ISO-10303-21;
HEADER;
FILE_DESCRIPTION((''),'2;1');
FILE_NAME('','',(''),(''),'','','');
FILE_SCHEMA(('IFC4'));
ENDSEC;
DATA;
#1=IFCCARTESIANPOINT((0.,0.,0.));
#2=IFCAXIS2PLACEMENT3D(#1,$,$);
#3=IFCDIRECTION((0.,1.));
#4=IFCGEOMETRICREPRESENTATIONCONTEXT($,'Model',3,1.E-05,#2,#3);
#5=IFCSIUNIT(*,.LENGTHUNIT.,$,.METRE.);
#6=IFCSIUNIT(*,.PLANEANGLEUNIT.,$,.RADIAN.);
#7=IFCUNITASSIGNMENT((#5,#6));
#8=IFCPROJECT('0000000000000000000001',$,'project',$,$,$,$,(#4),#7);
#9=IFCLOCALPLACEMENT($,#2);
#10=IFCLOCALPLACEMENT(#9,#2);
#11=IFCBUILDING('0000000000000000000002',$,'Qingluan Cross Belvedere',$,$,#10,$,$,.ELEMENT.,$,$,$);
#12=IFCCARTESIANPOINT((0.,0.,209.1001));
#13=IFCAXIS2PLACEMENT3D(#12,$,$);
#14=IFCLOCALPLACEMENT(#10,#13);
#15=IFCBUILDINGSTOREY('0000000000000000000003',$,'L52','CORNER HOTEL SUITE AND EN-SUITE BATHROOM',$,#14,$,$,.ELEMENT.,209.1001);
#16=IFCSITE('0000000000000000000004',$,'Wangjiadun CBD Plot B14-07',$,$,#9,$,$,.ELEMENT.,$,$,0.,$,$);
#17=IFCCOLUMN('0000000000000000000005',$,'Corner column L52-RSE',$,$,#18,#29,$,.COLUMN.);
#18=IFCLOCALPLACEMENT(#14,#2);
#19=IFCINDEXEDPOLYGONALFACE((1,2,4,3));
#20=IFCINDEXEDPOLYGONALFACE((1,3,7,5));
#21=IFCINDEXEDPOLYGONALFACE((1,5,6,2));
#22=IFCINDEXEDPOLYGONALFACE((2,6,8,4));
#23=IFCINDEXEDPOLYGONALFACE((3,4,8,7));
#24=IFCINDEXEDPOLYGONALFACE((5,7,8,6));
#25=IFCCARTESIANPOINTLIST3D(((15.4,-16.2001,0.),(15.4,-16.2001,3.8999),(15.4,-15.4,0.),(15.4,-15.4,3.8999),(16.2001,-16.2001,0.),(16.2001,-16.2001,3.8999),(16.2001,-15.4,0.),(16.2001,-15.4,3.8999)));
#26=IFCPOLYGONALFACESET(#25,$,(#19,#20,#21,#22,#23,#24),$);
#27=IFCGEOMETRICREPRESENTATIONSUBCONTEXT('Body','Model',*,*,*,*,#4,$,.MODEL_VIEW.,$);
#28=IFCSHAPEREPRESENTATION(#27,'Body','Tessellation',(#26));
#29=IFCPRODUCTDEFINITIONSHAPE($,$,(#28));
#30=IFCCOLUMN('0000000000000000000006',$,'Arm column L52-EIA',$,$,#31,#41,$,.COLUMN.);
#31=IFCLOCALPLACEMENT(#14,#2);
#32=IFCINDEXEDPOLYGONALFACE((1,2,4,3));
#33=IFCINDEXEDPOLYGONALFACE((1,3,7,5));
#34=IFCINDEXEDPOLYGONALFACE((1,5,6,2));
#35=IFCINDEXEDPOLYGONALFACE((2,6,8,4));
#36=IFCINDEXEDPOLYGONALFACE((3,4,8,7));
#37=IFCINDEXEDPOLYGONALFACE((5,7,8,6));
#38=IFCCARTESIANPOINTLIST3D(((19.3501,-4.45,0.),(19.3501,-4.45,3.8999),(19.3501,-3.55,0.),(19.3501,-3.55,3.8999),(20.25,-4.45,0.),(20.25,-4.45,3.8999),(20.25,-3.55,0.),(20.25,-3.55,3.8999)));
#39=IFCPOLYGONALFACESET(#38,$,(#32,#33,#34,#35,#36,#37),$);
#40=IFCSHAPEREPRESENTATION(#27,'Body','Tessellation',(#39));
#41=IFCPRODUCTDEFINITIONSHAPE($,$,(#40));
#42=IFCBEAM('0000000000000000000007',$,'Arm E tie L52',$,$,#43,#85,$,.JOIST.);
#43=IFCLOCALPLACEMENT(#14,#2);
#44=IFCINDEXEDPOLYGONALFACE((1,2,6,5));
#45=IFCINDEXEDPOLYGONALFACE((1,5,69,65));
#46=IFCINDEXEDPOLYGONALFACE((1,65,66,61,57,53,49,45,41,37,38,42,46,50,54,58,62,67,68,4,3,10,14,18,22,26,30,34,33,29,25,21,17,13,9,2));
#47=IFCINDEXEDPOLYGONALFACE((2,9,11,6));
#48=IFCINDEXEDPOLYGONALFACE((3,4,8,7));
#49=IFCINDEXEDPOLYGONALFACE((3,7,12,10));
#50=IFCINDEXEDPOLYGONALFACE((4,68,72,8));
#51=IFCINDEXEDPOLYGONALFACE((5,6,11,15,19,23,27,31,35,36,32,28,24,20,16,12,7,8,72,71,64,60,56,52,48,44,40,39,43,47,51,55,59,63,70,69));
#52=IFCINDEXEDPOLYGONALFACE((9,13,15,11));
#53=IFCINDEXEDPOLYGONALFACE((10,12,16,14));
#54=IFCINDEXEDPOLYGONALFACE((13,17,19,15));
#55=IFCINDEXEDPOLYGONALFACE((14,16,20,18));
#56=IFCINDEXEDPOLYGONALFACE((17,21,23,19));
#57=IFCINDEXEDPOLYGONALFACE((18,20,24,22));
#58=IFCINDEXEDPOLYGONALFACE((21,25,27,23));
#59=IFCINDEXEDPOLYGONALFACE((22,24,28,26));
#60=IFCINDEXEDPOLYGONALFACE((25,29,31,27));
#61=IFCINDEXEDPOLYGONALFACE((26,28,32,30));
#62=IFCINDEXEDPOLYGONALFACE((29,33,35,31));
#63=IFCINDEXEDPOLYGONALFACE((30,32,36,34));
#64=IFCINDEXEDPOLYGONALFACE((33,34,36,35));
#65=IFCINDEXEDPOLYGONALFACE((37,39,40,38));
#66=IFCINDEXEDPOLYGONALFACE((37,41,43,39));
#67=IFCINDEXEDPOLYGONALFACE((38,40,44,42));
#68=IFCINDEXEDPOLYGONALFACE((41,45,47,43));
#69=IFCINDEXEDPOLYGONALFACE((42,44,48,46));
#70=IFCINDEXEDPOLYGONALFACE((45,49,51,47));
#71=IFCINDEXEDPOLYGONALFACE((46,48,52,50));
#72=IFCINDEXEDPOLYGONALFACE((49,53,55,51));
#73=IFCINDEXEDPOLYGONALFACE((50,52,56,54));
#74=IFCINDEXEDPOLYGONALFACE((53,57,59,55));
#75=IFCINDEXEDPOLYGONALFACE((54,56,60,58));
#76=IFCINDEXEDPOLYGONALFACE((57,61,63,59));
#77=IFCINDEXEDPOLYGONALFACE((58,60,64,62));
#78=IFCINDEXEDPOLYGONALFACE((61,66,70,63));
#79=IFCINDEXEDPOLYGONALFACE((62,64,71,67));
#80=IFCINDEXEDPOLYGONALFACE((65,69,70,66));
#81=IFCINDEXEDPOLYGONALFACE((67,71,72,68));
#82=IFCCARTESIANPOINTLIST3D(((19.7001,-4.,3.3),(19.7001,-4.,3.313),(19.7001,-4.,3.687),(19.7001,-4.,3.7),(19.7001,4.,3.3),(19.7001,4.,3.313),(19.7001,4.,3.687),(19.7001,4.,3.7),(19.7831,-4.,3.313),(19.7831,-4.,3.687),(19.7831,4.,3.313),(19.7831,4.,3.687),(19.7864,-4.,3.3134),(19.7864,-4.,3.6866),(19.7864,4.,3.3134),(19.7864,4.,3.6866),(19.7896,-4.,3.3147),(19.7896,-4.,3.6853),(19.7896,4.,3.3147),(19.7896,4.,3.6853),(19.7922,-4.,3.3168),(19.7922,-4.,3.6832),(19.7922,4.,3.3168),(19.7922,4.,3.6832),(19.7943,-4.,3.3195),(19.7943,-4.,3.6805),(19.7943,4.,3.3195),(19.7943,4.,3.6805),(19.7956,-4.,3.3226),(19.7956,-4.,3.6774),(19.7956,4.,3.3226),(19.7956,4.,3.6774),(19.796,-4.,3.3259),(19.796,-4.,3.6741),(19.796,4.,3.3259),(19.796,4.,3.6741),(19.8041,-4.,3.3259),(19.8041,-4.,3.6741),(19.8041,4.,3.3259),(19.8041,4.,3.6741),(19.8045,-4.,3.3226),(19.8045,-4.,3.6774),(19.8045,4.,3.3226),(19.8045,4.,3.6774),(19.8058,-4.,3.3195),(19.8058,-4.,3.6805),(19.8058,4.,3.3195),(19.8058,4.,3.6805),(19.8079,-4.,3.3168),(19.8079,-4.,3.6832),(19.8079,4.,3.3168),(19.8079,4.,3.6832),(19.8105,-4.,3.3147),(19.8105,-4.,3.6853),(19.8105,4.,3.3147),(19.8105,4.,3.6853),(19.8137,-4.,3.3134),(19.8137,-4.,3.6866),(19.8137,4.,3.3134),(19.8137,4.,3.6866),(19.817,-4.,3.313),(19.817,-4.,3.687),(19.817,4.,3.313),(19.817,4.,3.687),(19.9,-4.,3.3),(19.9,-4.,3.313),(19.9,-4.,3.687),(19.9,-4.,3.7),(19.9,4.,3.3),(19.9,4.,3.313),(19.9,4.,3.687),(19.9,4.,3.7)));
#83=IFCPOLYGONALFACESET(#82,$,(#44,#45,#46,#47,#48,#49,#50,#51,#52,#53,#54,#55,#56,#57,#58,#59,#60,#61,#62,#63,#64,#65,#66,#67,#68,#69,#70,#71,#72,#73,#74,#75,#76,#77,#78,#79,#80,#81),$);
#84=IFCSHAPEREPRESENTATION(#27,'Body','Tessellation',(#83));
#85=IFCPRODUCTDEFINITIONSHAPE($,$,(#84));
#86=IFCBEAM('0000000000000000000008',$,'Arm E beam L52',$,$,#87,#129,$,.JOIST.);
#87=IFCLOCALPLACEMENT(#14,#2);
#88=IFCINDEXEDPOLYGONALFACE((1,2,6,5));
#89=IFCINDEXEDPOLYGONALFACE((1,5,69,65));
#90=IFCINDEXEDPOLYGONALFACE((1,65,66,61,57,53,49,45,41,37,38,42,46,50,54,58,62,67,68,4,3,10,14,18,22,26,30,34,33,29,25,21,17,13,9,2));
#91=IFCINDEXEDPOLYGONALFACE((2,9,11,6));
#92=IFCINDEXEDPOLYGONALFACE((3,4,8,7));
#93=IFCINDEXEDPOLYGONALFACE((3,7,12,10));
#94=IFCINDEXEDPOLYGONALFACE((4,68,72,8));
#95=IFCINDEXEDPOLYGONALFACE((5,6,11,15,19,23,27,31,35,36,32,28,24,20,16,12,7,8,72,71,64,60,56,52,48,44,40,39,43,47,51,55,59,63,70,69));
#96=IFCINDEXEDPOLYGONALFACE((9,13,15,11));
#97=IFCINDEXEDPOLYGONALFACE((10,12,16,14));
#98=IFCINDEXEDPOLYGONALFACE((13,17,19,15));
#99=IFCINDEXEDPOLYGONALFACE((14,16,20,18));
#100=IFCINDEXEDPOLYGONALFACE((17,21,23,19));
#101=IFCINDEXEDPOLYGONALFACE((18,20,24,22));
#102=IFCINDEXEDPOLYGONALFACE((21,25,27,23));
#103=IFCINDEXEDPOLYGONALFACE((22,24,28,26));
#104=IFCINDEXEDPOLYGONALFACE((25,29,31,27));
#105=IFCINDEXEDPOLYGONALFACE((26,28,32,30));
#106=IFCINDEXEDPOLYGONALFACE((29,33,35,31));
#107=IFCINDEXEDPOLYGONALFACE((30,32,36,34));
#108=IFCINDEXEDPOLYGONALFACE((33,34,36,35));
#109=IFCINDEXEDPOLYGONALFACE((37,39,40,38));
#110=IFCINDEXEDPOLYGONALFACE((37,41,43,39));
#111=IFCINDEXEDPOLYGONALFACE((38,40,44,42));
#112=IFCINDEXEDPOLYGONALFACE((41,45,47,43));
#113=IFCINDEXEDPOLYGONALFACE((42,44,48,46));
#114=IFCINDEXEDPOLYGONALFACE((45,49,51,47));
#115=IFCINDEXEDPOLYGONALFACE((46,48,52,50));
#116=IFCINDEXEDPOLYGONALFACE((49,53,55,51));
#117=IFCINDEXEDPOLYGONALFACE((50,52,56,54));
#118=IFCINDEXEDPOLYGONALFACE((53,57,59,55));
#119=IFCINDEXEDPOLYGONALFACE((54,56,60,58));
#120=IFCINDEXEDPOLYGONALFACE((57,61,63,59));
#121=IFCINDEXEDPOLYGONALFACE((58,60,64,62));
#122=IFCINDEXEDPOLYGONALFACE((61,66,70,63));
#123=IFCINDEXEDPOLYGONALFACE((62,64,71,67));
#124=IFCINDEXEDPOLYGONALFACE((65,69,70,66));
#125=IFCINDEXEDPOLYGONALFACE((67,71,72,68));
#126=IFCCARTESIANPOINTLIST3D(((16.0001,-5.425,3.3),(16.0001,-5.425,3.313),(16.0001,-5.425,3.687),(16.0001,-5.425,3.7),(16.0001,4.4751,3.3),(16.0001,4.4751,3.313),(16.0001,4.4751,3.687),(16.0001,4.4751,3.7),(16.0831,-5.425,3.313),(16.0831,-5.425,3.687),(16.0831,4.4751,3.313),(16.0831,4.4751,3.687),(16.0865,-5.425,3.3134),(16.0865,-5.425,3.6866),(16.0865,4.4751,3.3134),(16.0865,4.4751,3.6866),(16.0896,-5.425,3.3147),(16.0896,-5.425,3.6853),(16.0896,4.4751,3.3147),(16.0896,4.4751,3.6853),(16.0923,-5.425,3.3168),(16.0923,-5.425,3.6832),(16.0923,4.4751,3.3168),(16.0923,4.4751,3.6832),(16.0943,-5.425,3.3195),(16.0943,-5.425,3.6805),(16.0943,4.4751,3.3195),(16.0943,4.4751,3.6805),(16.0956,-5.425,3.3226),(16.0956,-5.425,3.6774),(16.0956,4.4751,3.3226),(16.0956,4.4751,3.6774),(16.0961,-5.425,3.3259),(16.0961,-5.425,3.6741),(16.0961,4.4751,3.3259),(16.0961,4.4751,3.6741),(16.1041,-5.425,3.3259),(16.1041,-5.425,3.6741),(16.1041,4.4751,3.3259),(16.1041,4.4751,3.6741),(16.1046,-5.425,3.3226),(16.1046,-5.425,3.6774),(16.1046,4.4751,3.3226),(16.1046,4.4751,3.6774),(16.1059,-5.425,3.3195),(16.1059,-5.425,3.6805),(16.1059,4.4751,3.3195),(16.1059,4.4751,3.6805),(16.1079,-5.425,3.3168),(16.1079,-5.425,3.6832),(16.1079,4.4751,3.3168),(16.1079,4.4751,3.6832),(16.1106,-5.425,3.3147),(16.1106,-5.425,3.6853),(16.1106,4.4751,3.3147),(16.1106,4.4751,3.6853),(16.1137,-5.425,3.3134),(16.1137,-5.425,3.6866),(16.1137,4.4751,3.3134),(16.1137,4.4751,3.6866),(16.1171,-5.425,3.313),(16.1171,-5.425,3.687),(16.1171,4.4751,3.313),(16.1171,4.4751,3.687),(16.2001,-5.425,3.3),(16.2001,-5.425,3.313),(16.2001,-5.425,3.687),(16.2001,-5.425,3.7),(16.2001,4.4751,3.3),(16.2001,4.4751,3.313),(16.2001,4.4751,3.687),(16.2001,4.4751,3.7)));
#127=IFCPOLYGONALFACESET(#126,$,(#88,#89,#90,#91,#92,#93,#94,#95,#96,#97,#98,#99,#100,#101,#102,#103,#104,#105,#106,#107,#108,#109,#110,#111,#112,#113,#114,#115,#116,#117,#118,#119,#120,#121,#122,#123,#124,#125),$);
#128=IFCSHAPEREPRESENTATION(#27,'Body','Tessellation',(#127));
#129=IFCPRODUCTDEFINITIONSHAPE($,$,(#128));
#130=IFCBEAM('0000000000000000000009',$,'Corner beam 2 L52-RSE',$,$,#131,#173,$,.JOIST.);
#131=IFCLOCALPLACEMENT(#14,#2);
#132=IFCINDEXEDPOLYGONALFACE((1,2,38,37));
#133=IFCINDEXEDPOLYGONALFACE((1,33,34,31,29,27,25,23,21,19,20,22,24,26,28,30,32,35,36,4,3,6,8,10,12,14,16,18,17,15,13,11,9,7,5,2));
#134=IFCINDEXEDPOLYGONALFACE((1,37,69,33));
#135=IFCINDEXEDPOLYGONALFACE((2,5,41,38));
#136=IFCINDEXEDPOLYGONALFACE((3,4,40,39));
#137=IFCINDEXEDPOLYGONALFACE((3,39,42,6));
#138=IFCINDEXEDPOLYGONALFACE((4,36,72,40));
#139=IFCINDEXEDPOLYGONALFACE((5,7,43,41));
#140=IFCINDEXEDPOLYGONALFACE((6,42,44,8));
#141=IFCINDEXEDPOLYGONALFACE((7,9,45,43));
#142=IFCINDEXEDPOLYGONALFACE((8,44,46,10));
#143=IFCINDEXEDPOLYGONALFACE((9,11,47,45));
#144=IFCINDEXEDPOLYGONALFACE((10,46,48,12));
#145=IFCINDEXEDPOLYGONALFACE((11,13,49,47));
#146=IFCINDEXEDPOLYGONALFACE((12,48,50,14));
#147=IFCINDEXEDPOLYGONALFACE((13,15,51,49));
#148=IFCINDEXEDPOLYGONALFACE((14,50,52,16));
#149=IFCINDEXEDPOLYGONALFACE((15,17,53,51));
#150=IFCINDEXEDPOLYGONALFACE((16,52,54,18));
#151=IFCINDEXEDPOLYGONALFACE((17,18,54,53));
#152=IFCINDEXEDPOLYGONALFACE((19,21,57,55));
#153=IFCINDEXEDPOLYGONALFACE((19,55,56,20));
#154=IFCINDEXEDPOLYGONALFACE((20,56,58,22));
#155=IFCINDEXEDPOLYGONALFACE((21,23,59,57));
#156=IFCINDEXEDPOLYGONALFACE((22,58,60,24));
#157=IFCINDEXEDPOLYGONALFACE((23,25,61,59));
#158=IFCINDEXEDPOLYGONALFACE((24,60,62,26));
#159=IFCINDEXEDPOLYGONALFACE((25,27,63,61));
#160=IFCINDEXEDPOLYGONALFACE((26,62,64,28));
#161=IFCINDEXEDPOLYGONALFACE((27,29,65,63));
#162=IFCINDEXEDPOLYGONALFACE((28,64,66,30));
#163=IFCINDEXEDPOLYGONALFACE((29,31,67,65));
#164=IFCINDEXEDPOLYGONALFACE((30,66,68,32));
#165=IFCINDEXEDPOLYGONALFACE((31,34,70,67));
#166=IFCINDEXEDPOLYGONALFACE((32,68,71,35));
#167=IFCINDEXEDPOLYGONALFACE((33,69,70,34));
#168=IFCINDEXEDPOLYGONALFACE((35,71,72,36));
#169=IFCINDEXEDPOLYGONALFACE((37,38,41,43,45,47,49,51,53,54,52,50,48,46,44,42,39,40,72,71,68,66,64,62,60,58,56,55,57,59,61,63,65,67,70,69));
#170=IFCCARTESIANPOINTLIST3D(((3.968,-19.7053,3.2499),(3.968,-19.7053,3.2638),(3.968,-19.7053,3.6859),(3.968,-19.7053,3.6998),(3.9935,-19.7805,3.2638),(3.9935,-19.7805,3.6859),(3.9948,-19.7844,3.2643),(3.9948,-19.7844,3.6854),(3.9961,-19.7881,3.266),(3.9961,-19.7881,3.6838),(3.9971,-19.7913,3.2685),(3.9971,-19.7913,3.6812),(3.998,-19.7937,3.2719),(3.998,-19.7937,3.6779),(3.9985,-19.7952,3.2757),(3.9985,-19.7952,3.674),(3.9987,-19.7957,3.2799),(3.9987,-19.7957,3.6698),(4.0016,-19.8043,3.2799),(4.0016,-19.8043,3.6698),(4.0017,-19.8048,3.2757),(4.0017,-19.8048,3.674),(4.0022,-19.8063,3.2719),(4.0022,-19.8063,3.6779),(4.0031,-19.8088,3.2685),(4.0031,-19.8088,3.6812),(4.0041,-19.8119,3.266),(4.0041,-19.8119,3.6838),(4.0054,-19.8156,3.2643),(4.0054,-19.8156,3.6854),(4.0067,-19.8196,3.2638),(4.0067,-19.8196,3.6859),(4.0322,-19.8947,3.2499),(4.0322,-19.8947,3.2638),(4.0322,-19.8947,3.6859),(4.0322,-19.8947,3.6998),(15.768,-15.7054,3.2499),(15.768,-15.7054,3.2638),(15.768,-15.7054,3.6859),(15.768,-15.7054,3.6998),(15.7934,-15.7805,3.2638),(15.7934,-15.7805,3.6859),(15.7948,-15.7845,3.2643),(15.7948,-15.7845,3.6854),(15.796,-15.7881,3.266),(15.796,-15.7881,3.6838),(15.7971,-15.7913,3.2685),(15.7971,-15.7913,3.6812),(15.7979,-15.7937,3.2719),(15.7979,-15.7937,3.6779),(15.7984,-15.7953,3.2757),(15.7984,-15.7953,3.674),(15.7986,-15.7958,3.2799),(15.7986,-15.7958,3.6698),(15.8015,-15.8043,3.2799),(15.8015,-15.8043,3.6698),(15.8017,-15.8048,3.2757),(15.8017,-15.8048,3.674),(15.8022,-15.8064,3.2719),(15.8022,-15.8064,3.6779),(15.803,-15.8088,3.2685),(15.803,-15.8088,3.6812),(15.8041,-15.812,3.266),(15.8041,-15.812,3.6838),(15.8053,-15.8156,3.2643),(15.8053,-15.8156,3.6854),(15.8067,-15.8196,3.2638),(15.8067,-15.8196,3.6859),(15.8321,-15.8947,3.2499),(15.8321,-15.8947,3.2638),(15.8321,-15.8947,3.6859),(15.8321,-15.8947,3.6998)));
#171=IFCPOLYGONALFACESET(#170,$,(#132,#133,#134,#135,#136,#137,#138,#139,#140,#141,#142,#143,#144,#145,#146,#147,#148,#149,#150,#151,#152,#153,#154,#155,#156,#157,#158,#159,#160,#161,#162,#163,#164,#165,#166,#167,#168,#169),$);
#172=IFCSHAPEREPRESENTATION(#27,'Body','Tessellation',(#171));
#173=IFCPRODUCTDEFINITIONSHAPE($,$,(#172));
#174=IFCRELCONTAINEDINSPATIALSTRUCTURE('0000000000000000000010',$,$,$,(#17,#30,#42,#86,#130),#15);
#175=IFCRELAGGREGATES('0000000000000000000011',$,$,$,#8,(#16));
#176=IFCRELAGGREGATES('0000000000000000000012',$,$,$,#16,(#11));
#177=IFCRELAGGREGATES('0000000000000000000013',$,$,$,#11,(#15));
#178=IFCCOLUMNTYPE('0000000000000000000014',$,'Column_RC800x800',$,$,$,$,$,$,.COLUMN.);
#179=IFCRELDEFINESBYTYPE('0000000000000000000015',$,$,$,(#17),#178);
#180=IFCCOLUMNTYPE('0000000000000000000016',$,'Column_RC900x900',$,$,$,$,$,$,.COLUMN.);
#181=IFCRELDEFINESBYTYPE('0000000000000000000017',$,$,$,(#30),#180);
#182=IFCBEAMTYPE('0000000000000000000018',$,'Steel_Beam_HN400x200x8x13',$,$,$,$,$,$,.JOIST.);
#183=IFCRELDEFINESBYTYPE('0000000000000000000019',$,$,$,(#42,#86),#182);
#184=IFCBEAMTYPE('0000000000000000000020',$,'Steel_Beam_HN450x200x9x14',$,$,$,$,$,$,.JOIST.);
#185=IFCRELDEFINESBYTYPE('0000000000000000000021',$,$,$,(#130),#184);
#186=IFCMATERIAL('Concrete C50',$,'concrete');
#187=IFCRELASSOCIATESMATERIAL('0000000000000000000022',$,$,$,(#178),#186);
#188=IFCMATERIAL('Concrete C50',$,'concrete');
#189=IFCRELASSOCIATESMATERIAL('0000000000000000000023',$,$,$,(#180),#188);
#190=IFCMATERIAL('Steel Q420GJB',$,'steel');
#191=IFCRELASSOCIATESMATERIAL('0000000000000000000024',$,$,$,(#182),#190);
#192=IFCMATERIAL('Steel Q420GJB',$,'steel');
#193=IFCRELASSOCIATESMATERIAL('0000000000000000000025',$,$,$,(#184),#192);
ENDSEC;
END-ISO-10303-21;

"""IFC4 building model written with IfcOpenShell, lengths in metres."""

from ifc_helpers import new_model, si_unit, direction, frame, origin, origin_2d, place, context, subcontext, project, spatial, rectangle, i_section, extrude, material, material_profile, profile_set, type_object, element, save


model = new_model("IFC4")

# Units and contexts
model_context = context("Model", 3, precision=1e-05, world=origin(), true_north=direction((0.0, 1.0)))
body_context = subcontext(model_context, "Body", "Model", "MODEL_VIEW")
ifc_project = project(units=[si_unit("LENGTHUNIT", "METRE"), si_unit("PLANEANGLEUNIT", "RADIAN")], contexts=[model_context])

# Site, building, storey
site_placement = place(None, origin())
site = spatial("IfcSite", under=ifc_project, at=site_placement, Name="Wangjiadun CBD Plot B14-07", CompositionType="ELEMENT", RefElevation=0.0)
building_placement = place(site_placement, origin())
building = spatial("IfcBuilding", under=site, at=building_placement, Name="Qingluan Cross Belvedere", CompositionType="ELEMENT")
storey_placement = place(building_placement, frame((0.0, 0.0, 209.1001)))
storey = spatial("IfcBuildingStorey", under=building, at=storey_placement, Name="L52", Description="CORNER HOTEL SUITE AND EN-SUITE BATHROOM", CompositionType="ELEMENT", Elevation=209.1001)

# Columns
ifc_material_1 = material(Name="Concrete C50", Category="concrete")
ifc_material_profile_1 = material_profile(ifc_material_1, rectangle(XDim=0.8, YDim=0.8, at=origin_2d()), Name="RC800x800")
ifc_profile_set_1 = profile_set([ifc_material_profile_1], Name="Concrete C50")
column_type_1 = type_object("IfcColumnType", Name="Column_RC800x800", PredefinedType="COLUMN", material=ifc_profile_set_1)
column_1_placement = place(storey_placement, frame((15.8, -15.8, 0.0), z_axis=(0.0, 0.0, 1.0), x_axis=(1.0, 0.0, 0.0)))
element("IfcColumn", 1, at=column_1_placement, inside=storey, type_object=column_type_1, Name="Corner column L52-RSE", PredefinedType="COLUMN", context=body_context, shape_type="SweptSolid", body=[
    extrude(rectangle(XDim=0.8, YDim=0.8, at=origin_2d()), origin(), (0.0, 0.0, 1.0), 3.8999),
])
ifc_material_2 = material(Name="Concrete C50", Category="concrete")
ifc_material_profile_2 = material_profile(ifc_material_2, rectangle(XDim=0.8999, YDim=0.8999, at=origin_2d()), Name="RC900x900")
ifc_profile_set_2 = profile_set([ifc_material_profile_2], Name="Concrete C50")
column_type_2 = type_object("IfcColumnType", Name="Column_RC900x900", PredefinedType="COLUMN", material=ifc_profile_set_2)
column_2_placement = place(storey_placement, frame((19.8, -4.0, 0.0), z_axis=(0.0, 0.0, 1.0), x_axis=(1.0, 0.0, 0.0)))
element("IfcColumn", 2, at=column_2_placement, inside=storey, type_object=column_type_2, Name="Arm column L52-EIA", PredefinedType="COLUMN", context=body_context, shape_type="SweptSolid", body=[
    extrude(rectangle(XDim=0.8999, YDim=0.8999, at=origin_2d()), origin(), (0.0, 0.0, 1.0), 3.8999),
])

# Beams
ifc_material_3 = material(Name="Steel Q420GJB", Category="steel")
ifc_material_profile_3 = material_profile(ifc_material_3, i_section(OverallWidth=0.2, OverallDepth=0.3999, WebThickness=0.0081, FlangeThickness=0.0129, FilletRadius=0.0129, at=origin_2d()), Name="HN400x200x8x13")
ifc_profile_set_3 = profile_set([ifc_material_profile_3], Name="Steel Q420GJB")
beam_type_1 = type_object("IfcBeamType", Name="Steel_Beam_HN400x200x8x13", PredefinedType="JOIST", material=ifc_profile_set_3)
beam_1_placement = place(storey_placement, frame((19.8, -4.0, 3.5), z_axis=(0.0, 1.0, 0.0), x_axis=(-1.0, 0.0, 0.0)))
element("IfcBeam", 3, at=beam_1_placement, inside=storey, type_object=beam_type_1, Name="Arm E tie L52", PredefinedType="JOIST", context=body_context, shape_type="SweptSolid", body=[
    extrude(i_section(OverallWidth=0.2, OverallDepth=0.3999, WebThickness=0.0081, FlangeThickness=0.0129, FilletRadius=0.0129, at=origin_2d()), origin(), (0.0, 0.0, 1.0), 8.0),
])
beam_2_placement = place(storey_placement, frame((16.1001, -5.425, 3.5), z_axis=(0.0, 1.0, 0.0), x_axis=(-1.0, 0.0, 0.0)))
element("IfcBeam", 4, at=beam_2_placement, inside=storey, type_object=beam_type_1, Name="Arm E beam L52", PredefinedType="JOIST", context=body_context, shape_type="SweptSolid", body=[
    extrude(i_section(OverallWidth=0.2, OverallDepth=0.3999, WebThickness=0.0081, FlangeThickness=0.0129, FilletRadius=0.0129, at=origin_2d()), origin(), (0.0, 0.0, 1.0), 9.9001),
])
ifc_material_4 = material(Name="Steel Q420GJB", Category="steel")
ifc_material_profile_4 = material_profile(ifc_material_4, i_section(OverallWidth=0.2, OverallDepth=0.45, WebThickness=0.009, FlangeThickness=0.0139, FilletRadius=0.0161, at=origin_2d()), Name="HN450x200x9x14")
ifc_profile_set_4 = profile_set([ifc_material_profile_4], Name="Steel Q420GJB")
beam_type_2 = type_object("IfcBeamType", Name="Steel_Beam_HN450x200x9x14", PredefinedType="JOIST", material=ifc_profile_set_4)
for number, where, z_axis, x_axis, name in (
    (5, (15.8, -15.8, 3.4749), (-0.947066, -0.321038, 0.0), (0.321038, -0.947066, 0.0), "Corner beam 2 L52-RSE"),
):
    element("IfcBeam", number, at=place(storey_placement, frame(where, z_axis=z_axis, x_axis=x_axis)), inside=storey, type_object=beam_type_2, Name=name, PredefinedType="JOIST", context=body_context, shape_type="SweptSolid", body=[
        extrude(i_section(OverallWidth=0.2, OverallDepth=0.45, WebThickness=0.009, FlangeThickness=0.0139, FilletRadius=0.0161, at=origin_2d()), origin(), (0.0, 0.0, 1.0), 12.4595),
    ])

save(model, "model.ifc")
